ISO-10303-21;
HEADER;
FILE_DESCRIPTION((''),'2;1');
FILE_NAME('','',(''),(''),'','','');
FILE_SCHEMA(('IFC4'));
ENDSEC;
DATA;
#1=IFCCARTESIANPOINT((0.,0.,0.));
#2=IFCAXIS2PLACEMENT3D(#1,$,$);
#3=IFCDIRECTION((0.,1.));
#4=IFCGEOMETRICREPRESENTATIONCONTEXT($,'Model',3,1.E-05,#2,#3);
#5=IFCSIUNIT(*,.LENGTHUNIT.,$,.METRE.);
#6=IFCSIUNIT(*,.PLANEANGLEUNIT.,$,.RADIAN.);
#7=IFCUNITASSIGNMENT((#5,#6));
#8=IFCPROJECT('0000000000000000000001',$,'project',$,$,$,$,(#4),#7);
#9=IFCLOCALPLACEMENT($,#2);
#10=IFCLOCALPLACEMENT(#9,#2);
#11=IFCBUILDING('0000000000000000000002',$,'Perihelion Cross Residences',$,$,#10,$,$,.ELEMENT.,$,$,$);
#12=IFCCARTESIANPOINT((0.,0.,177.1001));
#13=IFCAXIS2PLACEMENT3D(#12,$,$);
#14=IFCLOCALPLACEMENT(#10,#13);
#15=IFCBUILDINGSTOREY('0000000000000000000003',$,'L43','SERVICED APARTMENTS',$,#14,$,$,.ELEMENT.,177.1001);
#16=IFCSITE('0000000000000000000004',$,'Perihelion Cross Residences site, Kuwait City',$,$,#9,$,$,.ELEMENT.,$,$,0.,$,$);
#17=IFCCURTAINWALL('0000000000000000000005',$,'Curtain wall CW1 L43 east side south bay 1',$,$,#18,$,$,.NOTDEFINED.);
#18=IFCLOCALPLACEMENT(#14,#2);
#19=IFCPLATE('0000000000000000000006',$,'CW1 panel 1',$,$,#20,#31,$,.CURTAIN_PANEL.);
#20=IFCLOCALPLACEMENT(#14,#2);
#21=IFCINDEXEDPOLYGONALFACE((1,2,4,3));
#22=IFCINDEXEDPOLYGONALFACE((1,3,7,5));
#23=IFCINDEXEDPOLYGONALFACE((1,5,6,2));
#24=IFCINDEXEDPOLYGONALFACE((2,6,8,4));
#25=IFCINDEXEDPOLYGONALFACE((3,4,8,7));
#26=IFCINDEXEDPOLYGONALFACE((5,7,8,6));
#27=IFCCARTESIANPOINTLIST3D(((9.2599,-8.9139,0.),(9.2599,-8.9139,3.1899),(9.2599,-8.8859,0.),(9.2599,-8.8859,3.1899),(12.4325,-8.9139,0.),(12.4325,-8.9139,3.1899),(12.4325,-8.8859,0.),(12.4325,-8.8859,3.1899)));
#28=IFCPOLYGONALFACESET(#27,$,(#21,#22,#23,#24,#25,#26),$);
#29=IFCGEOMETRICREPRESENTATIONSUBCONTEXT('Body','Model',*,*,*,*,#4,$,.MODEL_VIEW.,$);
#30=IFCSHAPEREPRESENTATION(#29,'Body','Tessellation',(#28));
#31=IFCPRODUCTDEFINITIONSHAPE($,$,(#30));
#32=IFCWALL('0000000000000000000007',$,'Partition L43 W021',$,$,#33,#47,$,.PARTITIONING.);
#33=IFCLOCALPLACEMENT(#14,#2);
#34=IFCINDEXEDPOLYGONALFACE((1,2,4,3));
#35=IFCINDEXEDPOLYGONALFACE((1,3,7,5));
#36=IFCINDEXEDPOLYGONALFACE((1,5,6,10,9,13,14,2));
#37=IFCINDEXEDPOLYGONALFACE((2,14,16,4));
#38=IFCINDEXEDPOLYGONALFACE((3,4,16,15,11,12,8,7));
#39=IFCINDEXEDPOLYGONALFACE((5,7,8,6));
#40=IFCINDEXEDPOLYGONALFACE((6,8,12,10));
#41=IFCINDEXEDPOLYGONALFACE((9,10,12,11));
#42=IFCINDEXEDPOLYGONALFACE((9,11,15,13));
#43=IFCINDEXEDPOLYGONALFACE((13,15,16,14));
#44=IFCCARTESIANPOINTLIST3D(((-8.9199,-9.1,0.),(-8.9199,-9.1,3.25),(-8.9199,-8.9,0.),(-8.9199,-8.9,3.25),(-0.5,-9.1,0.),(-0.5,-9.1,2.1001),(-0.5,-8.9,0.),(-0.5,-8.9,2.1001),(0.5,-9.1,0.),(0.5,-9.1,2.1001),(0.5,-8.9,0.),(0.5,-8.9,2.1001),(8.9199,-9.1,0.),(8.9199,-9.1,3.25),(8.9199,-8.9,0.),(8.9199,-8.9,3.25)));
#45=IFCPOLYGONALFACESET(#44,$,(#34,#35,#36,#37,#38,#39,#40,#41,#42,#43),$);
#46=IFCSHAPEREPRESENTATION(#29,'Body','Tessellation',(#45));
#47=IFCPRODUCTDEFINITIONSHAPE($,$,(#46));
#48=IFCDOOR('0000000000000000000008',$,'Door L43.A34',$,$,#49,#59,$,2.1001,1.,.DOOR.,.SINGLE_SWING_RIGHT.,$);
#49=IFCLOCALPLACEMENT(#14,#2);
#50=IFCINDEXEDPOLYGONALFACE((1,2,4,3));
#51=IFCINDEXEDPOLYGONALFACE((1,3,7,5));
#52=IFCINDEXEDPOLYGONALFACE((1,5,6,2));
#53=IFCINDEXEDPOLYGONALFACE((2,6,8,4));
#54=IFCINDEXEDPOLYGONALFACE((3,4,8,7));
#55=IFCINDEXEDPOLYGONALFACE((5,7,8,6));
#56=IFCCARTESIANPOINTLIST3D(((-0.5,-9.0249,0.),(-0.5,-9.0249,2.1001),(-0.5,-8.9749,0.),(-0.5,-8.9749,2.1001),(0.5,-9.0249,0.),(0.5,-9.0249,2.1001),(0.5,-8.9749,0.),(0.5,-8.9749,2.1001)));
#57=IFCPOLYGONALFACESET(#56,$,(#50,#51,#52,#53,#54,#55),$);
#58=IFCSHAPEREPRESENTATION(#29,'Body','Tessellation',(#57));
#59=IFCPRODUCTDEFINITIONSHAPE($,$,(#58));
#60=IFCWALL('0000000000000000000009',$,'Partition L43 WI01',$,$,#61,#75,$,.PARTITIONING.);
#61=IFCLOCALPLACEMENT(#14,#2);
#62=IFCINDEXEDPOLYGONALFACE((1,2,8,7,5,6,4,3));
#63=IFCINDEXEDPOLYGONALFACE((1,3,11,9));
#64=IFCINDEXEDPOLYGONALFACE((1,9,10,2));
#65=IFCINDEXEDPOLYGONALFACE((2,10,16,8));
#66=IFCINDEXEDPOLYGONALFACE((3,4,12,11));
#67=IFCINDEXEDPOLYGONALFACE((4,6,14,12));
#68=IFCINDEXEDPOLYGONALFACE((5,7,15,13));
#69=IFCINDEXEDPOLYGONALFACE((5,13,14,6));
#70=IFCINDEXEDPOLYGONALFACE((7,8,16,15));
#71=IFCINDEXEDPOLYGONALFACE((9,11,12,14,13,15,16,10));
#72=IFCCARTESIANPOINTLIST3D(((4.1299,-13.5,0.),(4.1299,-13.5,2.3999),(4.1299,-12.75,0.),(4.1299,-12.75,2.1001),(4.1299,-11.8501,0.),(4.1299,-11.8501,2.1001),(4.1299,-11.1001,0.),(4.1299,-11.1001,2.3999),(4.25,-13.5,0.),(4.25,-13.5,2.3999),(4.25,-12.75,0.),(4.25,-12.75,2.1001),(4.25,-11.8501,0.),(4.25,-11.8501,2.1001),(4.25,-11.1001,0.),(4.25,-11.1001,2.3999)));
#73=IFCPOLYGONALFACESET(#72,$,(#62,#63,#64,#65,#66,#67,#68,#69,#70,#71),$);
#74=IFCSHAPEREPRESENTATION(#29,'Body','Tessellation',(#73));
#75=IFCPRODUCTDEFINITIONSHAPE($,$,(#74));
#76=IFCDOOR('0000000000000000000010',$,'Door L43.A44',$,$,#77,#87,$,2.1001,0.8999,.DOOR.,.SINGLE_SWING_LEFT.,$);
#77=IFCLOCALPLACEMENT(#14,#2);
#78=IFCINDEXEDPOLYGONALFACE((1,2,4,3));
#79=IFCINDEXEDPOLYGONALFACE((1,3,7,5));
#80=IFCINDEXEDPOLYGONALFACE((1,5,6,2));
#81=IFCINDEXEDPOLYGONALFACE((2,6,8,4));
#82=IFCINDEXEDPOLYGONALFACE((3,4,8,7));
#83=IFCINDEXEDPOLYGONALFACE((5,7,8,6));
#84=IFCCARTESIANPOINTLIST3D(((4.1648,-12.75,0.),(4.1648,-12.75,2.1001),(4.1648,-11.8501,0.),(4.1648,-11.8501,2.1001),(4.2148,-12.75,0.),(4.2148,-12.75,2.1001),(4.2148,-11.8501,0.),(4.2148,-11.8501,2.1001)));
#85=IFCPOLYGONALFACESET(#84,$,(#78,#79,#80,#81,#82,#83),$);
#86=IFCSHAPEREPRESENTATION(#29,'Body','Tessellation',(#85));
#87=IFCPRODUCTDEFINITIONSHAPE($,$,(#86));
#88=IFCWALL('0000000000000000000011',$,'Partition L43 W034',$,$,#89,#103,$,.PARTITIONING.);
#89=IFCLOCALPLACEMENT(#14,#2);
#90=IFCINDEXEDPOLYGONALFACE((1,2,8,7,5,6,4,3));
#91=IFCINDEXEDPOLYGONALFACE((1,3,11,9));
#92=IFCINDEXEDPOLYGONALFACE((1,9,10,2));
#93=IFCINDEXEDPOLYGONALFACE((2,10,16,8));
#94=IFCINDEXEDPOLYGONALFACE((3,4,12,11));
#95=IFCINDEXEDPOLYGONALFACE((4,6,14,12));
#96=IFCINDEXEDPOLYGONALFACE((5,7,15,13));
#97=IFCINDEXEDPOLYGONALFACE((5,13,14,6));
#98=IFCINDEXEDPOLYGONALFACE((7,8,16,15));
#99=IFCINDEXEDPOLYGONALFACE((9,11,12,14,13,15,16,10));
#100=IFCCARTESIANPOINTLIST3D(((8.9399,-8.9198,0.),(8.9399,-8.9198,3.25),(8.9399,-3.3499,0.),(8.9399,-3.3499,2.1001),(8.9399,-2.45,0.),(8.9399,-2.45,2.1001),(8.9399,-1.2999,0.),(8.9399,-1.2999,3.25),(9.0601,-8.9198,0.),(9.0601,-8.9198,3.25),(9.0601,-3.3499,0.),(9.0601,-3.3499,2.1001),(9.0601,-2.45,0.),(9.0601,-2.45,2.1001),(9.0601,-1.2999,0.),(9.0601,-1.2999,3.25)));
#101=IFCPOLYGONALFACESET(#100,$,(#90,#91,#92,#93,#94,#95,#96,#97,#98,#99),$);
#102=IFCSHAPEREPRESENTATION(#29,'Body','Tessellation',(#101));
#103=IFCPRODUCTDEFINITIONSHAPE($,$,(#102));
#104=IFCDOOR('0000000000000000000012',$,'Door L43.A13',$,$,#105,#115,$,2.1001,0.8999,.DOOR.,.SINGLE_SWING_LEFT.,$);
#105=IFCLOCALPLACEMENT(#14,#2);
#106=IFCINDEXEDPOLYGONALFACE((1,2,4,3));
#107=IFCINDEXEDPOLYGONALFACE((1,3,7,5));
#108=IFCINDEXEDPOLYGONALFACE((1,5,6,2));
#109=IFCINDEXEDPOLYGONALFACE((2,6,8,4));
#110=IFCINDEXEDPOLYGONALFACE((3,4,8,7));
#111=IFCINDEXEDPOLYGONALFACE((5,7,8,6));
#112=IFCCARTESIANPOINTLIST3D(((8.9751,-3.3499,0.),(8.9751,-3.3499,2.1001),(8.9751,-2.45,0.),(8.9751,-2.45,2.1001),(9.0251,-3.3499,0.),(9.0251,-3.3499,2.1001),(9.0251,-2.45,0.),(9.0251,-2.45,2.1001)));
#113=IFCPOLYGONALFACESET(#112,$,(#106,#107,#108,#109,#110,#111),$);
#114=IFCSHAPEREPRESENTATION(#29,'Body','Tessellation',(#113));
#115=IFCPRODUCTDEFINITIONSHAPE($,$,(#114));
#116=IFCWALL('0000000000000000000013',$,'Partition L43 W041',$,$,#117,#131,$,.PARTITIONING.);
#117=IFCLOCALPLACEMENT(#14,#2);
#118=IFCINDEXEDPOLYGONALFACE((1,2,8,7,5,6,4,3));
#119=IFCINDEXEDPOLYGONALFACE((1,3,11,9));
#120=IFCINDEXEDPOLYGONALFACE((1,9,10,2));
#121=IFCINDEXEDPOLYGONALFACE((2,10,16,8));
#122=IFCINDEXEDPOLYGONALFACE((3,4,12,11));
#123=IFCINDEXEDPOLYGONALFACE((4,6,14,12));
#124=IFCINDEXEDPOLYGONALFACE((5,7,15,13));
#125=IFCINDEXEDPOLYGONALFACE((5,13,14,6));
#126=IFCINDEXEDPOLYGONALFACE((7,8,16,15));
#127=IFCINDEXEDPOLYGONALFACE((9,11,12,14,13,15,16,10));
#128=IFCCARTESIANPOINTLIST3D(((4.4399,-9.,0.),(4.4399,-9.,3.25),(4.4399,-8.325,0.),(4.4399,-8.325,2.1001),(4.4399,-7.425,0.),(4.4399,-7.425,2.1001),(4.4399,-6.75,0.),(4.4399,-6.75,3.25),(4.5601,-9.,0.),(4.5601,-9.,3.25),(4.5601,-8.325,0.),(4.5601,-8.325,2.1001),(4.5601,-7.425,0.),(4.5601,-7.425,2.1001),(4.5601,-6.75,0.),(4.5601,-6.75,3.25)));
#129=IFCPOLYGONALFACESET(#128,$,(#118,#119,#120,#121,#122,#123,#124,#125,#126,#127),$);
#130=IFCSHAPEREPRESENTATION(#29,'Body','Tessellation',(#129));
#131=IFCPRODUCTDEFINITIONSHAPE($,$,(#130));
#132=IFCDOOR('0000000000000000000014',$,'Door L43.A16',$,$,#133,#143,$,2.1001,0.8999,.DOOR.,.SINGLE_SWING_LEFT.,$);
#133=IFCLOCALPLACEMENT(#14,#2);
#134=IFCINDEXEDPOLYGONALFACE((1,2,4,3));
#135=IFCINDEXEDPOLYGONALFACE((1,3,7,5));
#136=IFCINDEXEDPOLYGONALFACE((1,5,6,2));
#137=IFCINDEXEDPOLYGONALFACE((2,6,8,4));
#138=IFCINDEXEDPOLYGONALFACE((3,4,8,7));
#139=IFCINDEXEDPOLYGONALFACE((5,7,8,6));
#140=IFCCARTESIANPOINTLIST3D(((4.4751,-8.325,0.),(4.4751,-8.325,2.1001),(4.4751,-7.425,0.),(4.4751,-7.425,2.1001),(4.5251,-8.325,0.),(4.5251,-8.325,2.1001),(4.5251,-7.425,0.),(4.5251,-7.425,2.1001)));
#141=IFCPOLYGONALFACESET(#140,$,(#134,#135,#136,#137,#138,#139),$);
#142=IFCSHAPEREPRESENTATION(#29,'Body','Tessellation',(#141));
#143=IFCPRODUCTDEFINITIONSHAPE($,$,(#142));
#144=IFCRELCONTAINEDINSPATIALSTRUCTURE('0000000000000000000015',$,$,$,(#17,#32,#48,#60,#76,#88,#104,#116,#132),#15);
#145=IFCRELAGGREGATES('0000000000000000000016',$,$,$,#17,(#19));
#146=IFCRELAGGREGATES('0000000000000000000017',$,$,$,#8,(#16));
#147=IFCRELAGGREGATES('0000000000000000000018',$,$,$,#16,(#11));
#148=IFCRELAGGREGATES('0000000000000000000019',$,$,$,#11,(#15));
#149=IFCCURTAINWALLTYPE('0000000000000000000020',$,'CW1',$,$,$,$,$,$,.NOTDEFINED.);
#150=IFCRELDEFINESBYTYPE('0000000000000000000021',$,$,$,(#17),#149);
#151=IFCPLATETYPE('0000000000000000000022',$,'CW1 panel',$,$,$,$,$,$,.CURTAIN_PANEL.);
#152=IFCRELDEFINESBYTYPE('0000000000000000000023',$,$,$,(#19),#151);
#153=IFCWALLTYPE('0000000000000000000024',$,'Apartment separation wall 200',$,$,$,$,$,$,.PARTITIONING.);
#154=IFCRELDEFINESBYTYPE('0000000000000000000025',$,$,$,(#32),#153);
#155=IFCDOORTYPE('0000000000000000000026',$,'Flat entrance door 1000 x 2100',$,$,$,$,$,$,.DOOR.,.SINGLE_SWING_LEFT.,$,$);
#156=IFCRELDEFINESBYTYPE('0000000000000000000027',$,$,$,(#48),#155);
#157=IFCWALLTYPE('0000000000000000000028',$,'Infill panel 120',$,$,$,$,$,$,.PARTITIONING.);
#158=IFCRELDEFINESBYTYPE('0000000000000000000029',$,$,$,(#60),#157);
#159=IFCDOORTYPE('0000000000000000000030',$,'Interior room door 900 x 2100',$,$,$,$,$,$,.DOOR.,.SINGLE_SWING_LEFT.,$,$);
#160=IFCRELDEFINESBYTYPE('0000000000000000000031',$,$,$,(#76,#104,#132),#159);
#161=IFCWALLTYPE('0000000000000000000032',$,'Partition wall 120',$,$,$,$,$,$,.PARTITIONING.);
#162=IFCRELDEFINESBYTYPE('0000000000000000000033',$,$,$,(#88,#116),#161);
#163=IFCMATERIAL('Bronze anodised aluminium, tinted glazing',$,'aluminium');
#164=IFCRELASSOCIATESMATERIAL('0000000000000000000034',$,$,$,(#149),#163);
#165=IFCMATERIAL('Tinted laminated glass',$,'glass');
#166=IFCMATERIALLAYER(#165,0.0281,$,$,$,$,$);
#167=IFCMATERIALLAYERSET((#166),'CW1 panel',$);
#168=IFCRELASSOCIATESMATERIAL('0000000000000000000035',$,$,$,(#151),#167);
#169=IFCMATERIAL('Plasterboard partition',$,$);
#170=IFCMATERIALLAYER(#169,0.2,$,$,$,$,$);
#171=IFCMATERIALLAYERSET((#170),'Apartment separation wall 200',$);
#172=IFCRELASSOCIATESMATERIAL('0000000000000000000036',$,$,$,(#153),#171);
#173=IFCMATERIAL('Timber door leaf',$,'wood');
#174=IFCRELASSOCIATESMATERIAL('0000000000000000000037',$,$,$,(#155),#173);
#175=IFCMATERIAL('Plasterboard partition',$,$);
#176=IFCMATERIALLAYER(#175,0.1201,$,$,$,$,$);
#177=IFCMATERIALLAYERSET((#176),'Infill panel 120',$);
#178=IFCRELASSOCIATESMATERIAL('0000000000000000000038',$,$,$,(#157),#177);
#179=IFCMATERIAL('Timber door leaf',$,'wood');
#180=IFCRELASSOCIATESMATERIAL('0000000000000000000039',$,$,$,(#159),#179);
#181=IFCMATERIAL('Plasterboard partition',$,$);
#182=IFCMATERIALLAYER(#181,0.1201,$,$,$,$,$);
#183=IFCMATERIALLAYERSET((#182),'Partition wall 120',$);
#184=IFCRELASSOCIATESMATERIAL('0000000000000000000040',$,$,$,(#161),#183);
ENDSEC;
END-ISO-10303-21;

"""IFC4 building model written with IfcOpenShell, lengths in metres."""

from ifc_helpers import new_model, si_unit, direction, frame, frame_2d, origin, origin_2d, place, context, subcontext, project, spatial, rectangle, extrude, material, layer, layer_set, type_object, element, fill, aggregate, save


model = new_model("IFC4")

# Units and contexts
model_context = context("Model", 3, precision=1e-05, world=origin(), true_north=direction((0.0, 1.0)))
body_context = subcontext(model_context, "Body", "Model", "MODEL_VIEW")
ifc_project = project(units=[si_unit("LENGTHUNIT", "METRE"), si_unit("PLANEANGLEUNIT", "RADIAN")], contexts=[model_context])

# Site, building, storey
site_placement = place(None, origin())
site = spatial("IfcSite", under=ifc_project, at=site_placement, Name="Perihelion Cross Residences site, Kuwait City", CompositionType="ELEMENT", RefElevation=0.0)
building_placement = place(site_placement, origin())
building = spatial("IfcBuilding", under=site, at=building_placement, Name="Perihelion Cross Residences", CompositionType="ELEMENT")
storey_placement = place(building_placement, frame((0.0, 0.0, 177.1001)))
storey = spatial("IfcBuildingStorey", under=building, at=storey_placement, Name="L43", Description="SERVICED APARTMENTS", CompositionType="ELEMENT", Elevation=177.1001)

# Curtain wall
ifc_material_1 = material(Name="Bronze anodised aluminium, tinted glazing", Category="aluminium")
curtain_wall_type = type_object("IfcCurtainWallType", Name="CW1", PredefinedType="NOTDEFINED", material=ifc_material_1)
curtain_wall_1_placement = place(storey_placement, origin())
curtain_wall_1 = element("IfcCurtainWall", 1, at=curtain_wall_1_placement, inside=storey, type_object=curtain_wall_type, Name="Curtain wall CW1 L43 east side south bay 1", PredefinedType="NOTDEFINED")

# Plate
ifc_material_2 = material(Name="Tinted laminated glass", Category="glass")
ifc_layer_1 = layer(ifc_material_2, 0.0281)
ifc_layer_set_1 = layer_set([ifc_layer_1], Name="CW1 panel")
plate_type = type_object("IfcPlateType", Name="CW1 panel", PredefinedType="CURTAIN_PANEL", material=ifc_layer_set_1)
plate_1_placement = place(storey_placement, frame((10.8462, -8.8999, 0.0), z_axis=(0.0, 0.0, 1.0), x_axis=(1.0, 0.0, 0.0)))
plate_1 = element("IfcPlate", 2, at=plate_1_placement, type_object=plate_type, Name="CW1 panel 1", PredefinedType="CURTAIN_PANEL", context=body_context, shape_type="SweptSolid", body=[
    extrude(rectangle(XDim=3.1726, YDim=0.0281, at=origin_2d()), origin(), (0.0, 0.0, 1.0), 3.1899),
])
aggregate(curtain_wall_1, [plate_1])

# Walls, openings, doors
ifc_material_3 = material(Name="Plasterboard partition")
ifc_layer_2 = layer(ifc_material_3, 0.2)
ifc_layer_set_2 = layer_set([ifc_layer_2], Name="Apartment separation wall 200")
wall_type_1 = type_object("IfcWallType", Name="Apartment separation wall 200", PredefinedType="PARTITIONING", material=ifc_layer_set_2)
wall_1_placement = place(storey_placement, frame((8.9199, -9.0, 0.0), z_axis=(0.0, 0.0, 1.0), x_axis=(-1.0, 0.0, 0.0)))
wall_1 = element("IfcWall", 3, at=wall_1_placement, inside=storey, type_object=wall_type_1, Name="Partition L43 W021", PredefinedType="PARTITIONING", context=body_context, shape_type="SweptSolid", body=[
    extrude(rectangle(XDim=17.8398, YDim=0.2, at=frame_2d((8.9199, 0.0))), origin(), (0.0, 0.0, 1.0), 3.25),
])
opening_1_placement = place(wall_1_placement, frame((8.4199, 0.0, 0.0)))
opening_1 = element("IfcOpeningElement", 4, at=opening_1_placement, cuts=wall_1, PredefinedType="OPENING", context=body_context, shape_type="SweptSolid", body=[
    extrude(rectangle(XDim=1.0, YDim=2.1001, at=frame_2d((0.5, 1.05))), frame((0.0, 0.1099, 0.0), z_axis=(0.0, -1.0, 0.0), x_axis=(1.0, 0.0, 0.0)), (0.0, 0.0, 1.0), 0.22),
])
ifc_material_4 = material(Name="Timber door leaf", Category="wood")
door_type_1 = type_object("IfcDoorType", Name="Flat entrance door 1000 x 2100", OperationType="SINGLE_SWING_LEFT", PredefinedType="DOOR", material=ifc_material_4)
door_1_placement = place(opening_1_placement, origin())
door_1 = element("IfcDoor", 5, at=door_1_placement, inside=storey, type_object=door_type_1, Name="Door L43.A34", OperationType="SINGLE_SWING_RIGHT", OverallHeight=2.1001, OverallWidth=1.0, PredefinedType="DOOR", context=body_context, shape_type="SweptSolid", body=[
    extrude(rectangle(XDim=1.0, YDim=2.1001, at=frame_2d((0.5, 1.05))), frame((0.0, 0.0249, 0.0), z_axis=(0.0, -1.0, 0.0), x_axis=(1.0, 0.0, 0.0)), (0.0, 0.0, 1.0), 0.05),
])
fill(opening_1, door_1)
ifc_material_5 = material(Name="Plasterboard partition")
ifc_layer_3 = layer(ifc_material_5, 0.1201)
ifc_layer_set_3 = layer_set([ifc_layer_3], Name="Infill panel 120")
wall_type_2 = type_object("IfcWallType", Name="Infill panel 120", PredefinedType="PARTITIONING", material=ifc_layer_set_3)
wall_2_placement = place(storey_placement, frame((4.1899, -11.1001, 0.0), z_axis=(0.0, 0.0, 1.0), x_axis=(0.0, -1.0, 0.0)))
wall_2 = element("IfcWall", 6, at=wall_2_placement, inside=storey, type_object=wall_type_2, Name="Partition L43 WI01", PredefinedType="PARTITIONING", context=body_context, shape_type="SweptSolid", body=[
    extrude(rectangle(XDim=2.3999, YDim=0.1201, at=frame_2d((1.2, 0.0))), origin(), (0.0, 0.0, 1.0), 2.3999),
])
opening_2_placement = place(wall_2_placement, frame((0.75, 0.0, 0.0)))
opening_2 = element("IfcOpeningElement", 7, at=opening_2_placement, cuts=wall_2, PredefinedType="OPENING", context=body_context, shape_type="SweptSolid", body=[
    extrude(rectangle(XDim=0.8999, YDim=2.1001, at=frame_2d((0.45, 1.05))), frame((0.0, 0.0701, 0.0), z_axis=(0.0, -1.0, 0.0), x_axis=(1.0, 0.0, 0.0)), (0.0, 0.0, 1.0), 0.1401),
])
ifc_material_6 = material(Name="Timber door leaf", Category="wood")
door_type_2 = type_object("IfcDoorType", Name="Interior room door 900 x 2100", OperationType="SINGLE_SWING_LEFT", PredefinedType="DOOR", material=ifc_material_6)
door_2_placement = place(opening_2_placement, origin())
door_2 = element("IfcDoor", 8, at=door_2_placement, inside=storey, type_object=door_type_2, Name="Door L43.A44", OperationType="SINGLE_SWING_LEFT", OverallHeight=2.1001, OverallWidth=0.8999, PredefinedType="DOOR", context=body_context, shape_type="SweptSolid", body=[
    extrude(rectangle(XDim=0.8999, YDim=2.1001, at=frame_2d((0.45, 1.05))), frame((0.0, 0.0249, 0.0), z_axis=(0.0, -1.0, 0.0), x_axis=(1.0, 0.0, 0.0)), (0.0, 0.0, 1.0), 0.05),
])
fill(opening_2, door_2)
ifc_material_7 = material(Name="Plasterboard partition")
ifc_layer_4 = layer(ifc_material_7, 0.1201)
ifc_layer_set_4 = layer_set([ifc_layer_4], Name="Partition wall 120")
wall_type_3 = type_object("IfcWallType", Name="Partition wall 120", PredefinedType="PARTITIONING", material=ifc_layer_set_4)
wall_3_placement = place(storey_placement, frame((9.0, -8.9199, 0.0), z_axis=(0.0, 0.0, 1.0), x_axis=(0.0, 1.0, 0.0)))
wall_3 = element("IfcWall", 9, at=wall_3_placement, inside=storey, type_object=wall_type_3, Name="Partition L43 W034", PredefinedType="PARTITIONING", context=body_context, shape_type="SweptSolid", body=[
    extrude(rectangle(XDim=7.6199, YDim=0.1201, at=frame_2d((3.8101, 0.0))), origin(), (0.0, 0.0, 1.0), 3.25),
])
opening_3_placement = place(wall_3_placement, frame((5.5701, 0.0, 0.0)))
opening_3 = element("IfcOpeningElement", 10, at=opening_3_placement, cuts=wall_3, PredefinedType="OPENING", context=body_context, shape_type="SweptSolid", body=[
    extrude(rectangle(XDim=0.8999, YDim=2.1001, at=frame_2d((0.45, 1.05))), frame((0.0, 0.0701, 0.0), z_axis=(0.0, -1.0, 0.0), x_axis=(1.0, 0.0, 0.0)), (0.0, 0.0, 1.0), 0.1401),
])
door_3_placement = place(opening_3_placement, origin())
door_3 = element("IfcDoor", 11, at=door_3_placement, inside=storey, type_object=door_type_2, Name="Door L43.A13", OperationType="SINGLE_SWING_LEFT", OverallHeight=2.1001, OverallWidth=0.8999, PredefinedType="DOOR", context=body_context, shape_type="SweptSolid", body=[
    extrude(rectangle(XDim=0.8999, YDim=2.1001, at=frame_2d((0.45, 1.05))), frame((0.0, 0.0249, 0.0), z_axis=(0.0, -1.0, 0.0), x_axis=(1.0, 0.0, 0.0)), (0.0, 0.0, 1.0), 0.05),
])
fill(opening_3, door_3)
wall_4_placement = place(storey_placement, frame((4.5, -9.0, 0.0), z_axis=(0.0, 0.0, 1.0), x_axis=(0.0, 1.0, 0.0)))
wall_4 = element("IfcWall", 12, at=wall_4_placement, inside=storey, type_object=wall_type_3, Name="Partition L43 W041", PredefinedType="PARTITIONING", context=body_context, shape_type="SweptSolid", body=[
    extrude(rectangle(XDim=2.25, YDim=0.1201, at=frame_2d((1.125, 0.0))), origin(), (0.0, 0.0, 1.0), 3.25),
])
opening_4_placement = place(wall_4_placement, frame((0.675, 0.0, 0.0)))
opening_4 = element("IfcOpeningElement", 13, at=opening_4_placement, cuts=wall_4, PredefinedType="OPENING", context=body_context, shape_type="SweptSolid", body=[
    extrude(rectangle(XDim=0.8999, YDim=2.1001, at=frame_2d((0.45, 1.05))), frame((0.0, 0.0701, 0.0), z_axis=(0.0, -1.0, 0.0), x_axis=(1.0, 0.0, 0.0)), (0.0, 0.0, 1.0), 0.1401),
])
door_4_placement = place(opening_4_placement, origin())
door_4 = element("IfcDoor", 14, at=door_4_placement, inside=storey, type_object=door_type_2, Name="Door L43.A16", OperationType="SINGLE_SWING_LEFT", OverallHeight=2.1001, OverallWidth=0.8999, PredefinedType="DOOR", context=body_context, shape_type="SweptSolid", body=[
    extrude(rectangle(XDim=0.8999, YDim=2.1001, at=frame_2d((0.45, 1.05))), frame((0.0, 0.0249, 0.0), z_axis=(0.0, -1.0, 0.0), x_axis=(1.0, 0.0, 0.0)), (0.0, 0.0, 1.0), 0.05),
])
fill(opening_4, door_4)

save(model, "model.ifc")
